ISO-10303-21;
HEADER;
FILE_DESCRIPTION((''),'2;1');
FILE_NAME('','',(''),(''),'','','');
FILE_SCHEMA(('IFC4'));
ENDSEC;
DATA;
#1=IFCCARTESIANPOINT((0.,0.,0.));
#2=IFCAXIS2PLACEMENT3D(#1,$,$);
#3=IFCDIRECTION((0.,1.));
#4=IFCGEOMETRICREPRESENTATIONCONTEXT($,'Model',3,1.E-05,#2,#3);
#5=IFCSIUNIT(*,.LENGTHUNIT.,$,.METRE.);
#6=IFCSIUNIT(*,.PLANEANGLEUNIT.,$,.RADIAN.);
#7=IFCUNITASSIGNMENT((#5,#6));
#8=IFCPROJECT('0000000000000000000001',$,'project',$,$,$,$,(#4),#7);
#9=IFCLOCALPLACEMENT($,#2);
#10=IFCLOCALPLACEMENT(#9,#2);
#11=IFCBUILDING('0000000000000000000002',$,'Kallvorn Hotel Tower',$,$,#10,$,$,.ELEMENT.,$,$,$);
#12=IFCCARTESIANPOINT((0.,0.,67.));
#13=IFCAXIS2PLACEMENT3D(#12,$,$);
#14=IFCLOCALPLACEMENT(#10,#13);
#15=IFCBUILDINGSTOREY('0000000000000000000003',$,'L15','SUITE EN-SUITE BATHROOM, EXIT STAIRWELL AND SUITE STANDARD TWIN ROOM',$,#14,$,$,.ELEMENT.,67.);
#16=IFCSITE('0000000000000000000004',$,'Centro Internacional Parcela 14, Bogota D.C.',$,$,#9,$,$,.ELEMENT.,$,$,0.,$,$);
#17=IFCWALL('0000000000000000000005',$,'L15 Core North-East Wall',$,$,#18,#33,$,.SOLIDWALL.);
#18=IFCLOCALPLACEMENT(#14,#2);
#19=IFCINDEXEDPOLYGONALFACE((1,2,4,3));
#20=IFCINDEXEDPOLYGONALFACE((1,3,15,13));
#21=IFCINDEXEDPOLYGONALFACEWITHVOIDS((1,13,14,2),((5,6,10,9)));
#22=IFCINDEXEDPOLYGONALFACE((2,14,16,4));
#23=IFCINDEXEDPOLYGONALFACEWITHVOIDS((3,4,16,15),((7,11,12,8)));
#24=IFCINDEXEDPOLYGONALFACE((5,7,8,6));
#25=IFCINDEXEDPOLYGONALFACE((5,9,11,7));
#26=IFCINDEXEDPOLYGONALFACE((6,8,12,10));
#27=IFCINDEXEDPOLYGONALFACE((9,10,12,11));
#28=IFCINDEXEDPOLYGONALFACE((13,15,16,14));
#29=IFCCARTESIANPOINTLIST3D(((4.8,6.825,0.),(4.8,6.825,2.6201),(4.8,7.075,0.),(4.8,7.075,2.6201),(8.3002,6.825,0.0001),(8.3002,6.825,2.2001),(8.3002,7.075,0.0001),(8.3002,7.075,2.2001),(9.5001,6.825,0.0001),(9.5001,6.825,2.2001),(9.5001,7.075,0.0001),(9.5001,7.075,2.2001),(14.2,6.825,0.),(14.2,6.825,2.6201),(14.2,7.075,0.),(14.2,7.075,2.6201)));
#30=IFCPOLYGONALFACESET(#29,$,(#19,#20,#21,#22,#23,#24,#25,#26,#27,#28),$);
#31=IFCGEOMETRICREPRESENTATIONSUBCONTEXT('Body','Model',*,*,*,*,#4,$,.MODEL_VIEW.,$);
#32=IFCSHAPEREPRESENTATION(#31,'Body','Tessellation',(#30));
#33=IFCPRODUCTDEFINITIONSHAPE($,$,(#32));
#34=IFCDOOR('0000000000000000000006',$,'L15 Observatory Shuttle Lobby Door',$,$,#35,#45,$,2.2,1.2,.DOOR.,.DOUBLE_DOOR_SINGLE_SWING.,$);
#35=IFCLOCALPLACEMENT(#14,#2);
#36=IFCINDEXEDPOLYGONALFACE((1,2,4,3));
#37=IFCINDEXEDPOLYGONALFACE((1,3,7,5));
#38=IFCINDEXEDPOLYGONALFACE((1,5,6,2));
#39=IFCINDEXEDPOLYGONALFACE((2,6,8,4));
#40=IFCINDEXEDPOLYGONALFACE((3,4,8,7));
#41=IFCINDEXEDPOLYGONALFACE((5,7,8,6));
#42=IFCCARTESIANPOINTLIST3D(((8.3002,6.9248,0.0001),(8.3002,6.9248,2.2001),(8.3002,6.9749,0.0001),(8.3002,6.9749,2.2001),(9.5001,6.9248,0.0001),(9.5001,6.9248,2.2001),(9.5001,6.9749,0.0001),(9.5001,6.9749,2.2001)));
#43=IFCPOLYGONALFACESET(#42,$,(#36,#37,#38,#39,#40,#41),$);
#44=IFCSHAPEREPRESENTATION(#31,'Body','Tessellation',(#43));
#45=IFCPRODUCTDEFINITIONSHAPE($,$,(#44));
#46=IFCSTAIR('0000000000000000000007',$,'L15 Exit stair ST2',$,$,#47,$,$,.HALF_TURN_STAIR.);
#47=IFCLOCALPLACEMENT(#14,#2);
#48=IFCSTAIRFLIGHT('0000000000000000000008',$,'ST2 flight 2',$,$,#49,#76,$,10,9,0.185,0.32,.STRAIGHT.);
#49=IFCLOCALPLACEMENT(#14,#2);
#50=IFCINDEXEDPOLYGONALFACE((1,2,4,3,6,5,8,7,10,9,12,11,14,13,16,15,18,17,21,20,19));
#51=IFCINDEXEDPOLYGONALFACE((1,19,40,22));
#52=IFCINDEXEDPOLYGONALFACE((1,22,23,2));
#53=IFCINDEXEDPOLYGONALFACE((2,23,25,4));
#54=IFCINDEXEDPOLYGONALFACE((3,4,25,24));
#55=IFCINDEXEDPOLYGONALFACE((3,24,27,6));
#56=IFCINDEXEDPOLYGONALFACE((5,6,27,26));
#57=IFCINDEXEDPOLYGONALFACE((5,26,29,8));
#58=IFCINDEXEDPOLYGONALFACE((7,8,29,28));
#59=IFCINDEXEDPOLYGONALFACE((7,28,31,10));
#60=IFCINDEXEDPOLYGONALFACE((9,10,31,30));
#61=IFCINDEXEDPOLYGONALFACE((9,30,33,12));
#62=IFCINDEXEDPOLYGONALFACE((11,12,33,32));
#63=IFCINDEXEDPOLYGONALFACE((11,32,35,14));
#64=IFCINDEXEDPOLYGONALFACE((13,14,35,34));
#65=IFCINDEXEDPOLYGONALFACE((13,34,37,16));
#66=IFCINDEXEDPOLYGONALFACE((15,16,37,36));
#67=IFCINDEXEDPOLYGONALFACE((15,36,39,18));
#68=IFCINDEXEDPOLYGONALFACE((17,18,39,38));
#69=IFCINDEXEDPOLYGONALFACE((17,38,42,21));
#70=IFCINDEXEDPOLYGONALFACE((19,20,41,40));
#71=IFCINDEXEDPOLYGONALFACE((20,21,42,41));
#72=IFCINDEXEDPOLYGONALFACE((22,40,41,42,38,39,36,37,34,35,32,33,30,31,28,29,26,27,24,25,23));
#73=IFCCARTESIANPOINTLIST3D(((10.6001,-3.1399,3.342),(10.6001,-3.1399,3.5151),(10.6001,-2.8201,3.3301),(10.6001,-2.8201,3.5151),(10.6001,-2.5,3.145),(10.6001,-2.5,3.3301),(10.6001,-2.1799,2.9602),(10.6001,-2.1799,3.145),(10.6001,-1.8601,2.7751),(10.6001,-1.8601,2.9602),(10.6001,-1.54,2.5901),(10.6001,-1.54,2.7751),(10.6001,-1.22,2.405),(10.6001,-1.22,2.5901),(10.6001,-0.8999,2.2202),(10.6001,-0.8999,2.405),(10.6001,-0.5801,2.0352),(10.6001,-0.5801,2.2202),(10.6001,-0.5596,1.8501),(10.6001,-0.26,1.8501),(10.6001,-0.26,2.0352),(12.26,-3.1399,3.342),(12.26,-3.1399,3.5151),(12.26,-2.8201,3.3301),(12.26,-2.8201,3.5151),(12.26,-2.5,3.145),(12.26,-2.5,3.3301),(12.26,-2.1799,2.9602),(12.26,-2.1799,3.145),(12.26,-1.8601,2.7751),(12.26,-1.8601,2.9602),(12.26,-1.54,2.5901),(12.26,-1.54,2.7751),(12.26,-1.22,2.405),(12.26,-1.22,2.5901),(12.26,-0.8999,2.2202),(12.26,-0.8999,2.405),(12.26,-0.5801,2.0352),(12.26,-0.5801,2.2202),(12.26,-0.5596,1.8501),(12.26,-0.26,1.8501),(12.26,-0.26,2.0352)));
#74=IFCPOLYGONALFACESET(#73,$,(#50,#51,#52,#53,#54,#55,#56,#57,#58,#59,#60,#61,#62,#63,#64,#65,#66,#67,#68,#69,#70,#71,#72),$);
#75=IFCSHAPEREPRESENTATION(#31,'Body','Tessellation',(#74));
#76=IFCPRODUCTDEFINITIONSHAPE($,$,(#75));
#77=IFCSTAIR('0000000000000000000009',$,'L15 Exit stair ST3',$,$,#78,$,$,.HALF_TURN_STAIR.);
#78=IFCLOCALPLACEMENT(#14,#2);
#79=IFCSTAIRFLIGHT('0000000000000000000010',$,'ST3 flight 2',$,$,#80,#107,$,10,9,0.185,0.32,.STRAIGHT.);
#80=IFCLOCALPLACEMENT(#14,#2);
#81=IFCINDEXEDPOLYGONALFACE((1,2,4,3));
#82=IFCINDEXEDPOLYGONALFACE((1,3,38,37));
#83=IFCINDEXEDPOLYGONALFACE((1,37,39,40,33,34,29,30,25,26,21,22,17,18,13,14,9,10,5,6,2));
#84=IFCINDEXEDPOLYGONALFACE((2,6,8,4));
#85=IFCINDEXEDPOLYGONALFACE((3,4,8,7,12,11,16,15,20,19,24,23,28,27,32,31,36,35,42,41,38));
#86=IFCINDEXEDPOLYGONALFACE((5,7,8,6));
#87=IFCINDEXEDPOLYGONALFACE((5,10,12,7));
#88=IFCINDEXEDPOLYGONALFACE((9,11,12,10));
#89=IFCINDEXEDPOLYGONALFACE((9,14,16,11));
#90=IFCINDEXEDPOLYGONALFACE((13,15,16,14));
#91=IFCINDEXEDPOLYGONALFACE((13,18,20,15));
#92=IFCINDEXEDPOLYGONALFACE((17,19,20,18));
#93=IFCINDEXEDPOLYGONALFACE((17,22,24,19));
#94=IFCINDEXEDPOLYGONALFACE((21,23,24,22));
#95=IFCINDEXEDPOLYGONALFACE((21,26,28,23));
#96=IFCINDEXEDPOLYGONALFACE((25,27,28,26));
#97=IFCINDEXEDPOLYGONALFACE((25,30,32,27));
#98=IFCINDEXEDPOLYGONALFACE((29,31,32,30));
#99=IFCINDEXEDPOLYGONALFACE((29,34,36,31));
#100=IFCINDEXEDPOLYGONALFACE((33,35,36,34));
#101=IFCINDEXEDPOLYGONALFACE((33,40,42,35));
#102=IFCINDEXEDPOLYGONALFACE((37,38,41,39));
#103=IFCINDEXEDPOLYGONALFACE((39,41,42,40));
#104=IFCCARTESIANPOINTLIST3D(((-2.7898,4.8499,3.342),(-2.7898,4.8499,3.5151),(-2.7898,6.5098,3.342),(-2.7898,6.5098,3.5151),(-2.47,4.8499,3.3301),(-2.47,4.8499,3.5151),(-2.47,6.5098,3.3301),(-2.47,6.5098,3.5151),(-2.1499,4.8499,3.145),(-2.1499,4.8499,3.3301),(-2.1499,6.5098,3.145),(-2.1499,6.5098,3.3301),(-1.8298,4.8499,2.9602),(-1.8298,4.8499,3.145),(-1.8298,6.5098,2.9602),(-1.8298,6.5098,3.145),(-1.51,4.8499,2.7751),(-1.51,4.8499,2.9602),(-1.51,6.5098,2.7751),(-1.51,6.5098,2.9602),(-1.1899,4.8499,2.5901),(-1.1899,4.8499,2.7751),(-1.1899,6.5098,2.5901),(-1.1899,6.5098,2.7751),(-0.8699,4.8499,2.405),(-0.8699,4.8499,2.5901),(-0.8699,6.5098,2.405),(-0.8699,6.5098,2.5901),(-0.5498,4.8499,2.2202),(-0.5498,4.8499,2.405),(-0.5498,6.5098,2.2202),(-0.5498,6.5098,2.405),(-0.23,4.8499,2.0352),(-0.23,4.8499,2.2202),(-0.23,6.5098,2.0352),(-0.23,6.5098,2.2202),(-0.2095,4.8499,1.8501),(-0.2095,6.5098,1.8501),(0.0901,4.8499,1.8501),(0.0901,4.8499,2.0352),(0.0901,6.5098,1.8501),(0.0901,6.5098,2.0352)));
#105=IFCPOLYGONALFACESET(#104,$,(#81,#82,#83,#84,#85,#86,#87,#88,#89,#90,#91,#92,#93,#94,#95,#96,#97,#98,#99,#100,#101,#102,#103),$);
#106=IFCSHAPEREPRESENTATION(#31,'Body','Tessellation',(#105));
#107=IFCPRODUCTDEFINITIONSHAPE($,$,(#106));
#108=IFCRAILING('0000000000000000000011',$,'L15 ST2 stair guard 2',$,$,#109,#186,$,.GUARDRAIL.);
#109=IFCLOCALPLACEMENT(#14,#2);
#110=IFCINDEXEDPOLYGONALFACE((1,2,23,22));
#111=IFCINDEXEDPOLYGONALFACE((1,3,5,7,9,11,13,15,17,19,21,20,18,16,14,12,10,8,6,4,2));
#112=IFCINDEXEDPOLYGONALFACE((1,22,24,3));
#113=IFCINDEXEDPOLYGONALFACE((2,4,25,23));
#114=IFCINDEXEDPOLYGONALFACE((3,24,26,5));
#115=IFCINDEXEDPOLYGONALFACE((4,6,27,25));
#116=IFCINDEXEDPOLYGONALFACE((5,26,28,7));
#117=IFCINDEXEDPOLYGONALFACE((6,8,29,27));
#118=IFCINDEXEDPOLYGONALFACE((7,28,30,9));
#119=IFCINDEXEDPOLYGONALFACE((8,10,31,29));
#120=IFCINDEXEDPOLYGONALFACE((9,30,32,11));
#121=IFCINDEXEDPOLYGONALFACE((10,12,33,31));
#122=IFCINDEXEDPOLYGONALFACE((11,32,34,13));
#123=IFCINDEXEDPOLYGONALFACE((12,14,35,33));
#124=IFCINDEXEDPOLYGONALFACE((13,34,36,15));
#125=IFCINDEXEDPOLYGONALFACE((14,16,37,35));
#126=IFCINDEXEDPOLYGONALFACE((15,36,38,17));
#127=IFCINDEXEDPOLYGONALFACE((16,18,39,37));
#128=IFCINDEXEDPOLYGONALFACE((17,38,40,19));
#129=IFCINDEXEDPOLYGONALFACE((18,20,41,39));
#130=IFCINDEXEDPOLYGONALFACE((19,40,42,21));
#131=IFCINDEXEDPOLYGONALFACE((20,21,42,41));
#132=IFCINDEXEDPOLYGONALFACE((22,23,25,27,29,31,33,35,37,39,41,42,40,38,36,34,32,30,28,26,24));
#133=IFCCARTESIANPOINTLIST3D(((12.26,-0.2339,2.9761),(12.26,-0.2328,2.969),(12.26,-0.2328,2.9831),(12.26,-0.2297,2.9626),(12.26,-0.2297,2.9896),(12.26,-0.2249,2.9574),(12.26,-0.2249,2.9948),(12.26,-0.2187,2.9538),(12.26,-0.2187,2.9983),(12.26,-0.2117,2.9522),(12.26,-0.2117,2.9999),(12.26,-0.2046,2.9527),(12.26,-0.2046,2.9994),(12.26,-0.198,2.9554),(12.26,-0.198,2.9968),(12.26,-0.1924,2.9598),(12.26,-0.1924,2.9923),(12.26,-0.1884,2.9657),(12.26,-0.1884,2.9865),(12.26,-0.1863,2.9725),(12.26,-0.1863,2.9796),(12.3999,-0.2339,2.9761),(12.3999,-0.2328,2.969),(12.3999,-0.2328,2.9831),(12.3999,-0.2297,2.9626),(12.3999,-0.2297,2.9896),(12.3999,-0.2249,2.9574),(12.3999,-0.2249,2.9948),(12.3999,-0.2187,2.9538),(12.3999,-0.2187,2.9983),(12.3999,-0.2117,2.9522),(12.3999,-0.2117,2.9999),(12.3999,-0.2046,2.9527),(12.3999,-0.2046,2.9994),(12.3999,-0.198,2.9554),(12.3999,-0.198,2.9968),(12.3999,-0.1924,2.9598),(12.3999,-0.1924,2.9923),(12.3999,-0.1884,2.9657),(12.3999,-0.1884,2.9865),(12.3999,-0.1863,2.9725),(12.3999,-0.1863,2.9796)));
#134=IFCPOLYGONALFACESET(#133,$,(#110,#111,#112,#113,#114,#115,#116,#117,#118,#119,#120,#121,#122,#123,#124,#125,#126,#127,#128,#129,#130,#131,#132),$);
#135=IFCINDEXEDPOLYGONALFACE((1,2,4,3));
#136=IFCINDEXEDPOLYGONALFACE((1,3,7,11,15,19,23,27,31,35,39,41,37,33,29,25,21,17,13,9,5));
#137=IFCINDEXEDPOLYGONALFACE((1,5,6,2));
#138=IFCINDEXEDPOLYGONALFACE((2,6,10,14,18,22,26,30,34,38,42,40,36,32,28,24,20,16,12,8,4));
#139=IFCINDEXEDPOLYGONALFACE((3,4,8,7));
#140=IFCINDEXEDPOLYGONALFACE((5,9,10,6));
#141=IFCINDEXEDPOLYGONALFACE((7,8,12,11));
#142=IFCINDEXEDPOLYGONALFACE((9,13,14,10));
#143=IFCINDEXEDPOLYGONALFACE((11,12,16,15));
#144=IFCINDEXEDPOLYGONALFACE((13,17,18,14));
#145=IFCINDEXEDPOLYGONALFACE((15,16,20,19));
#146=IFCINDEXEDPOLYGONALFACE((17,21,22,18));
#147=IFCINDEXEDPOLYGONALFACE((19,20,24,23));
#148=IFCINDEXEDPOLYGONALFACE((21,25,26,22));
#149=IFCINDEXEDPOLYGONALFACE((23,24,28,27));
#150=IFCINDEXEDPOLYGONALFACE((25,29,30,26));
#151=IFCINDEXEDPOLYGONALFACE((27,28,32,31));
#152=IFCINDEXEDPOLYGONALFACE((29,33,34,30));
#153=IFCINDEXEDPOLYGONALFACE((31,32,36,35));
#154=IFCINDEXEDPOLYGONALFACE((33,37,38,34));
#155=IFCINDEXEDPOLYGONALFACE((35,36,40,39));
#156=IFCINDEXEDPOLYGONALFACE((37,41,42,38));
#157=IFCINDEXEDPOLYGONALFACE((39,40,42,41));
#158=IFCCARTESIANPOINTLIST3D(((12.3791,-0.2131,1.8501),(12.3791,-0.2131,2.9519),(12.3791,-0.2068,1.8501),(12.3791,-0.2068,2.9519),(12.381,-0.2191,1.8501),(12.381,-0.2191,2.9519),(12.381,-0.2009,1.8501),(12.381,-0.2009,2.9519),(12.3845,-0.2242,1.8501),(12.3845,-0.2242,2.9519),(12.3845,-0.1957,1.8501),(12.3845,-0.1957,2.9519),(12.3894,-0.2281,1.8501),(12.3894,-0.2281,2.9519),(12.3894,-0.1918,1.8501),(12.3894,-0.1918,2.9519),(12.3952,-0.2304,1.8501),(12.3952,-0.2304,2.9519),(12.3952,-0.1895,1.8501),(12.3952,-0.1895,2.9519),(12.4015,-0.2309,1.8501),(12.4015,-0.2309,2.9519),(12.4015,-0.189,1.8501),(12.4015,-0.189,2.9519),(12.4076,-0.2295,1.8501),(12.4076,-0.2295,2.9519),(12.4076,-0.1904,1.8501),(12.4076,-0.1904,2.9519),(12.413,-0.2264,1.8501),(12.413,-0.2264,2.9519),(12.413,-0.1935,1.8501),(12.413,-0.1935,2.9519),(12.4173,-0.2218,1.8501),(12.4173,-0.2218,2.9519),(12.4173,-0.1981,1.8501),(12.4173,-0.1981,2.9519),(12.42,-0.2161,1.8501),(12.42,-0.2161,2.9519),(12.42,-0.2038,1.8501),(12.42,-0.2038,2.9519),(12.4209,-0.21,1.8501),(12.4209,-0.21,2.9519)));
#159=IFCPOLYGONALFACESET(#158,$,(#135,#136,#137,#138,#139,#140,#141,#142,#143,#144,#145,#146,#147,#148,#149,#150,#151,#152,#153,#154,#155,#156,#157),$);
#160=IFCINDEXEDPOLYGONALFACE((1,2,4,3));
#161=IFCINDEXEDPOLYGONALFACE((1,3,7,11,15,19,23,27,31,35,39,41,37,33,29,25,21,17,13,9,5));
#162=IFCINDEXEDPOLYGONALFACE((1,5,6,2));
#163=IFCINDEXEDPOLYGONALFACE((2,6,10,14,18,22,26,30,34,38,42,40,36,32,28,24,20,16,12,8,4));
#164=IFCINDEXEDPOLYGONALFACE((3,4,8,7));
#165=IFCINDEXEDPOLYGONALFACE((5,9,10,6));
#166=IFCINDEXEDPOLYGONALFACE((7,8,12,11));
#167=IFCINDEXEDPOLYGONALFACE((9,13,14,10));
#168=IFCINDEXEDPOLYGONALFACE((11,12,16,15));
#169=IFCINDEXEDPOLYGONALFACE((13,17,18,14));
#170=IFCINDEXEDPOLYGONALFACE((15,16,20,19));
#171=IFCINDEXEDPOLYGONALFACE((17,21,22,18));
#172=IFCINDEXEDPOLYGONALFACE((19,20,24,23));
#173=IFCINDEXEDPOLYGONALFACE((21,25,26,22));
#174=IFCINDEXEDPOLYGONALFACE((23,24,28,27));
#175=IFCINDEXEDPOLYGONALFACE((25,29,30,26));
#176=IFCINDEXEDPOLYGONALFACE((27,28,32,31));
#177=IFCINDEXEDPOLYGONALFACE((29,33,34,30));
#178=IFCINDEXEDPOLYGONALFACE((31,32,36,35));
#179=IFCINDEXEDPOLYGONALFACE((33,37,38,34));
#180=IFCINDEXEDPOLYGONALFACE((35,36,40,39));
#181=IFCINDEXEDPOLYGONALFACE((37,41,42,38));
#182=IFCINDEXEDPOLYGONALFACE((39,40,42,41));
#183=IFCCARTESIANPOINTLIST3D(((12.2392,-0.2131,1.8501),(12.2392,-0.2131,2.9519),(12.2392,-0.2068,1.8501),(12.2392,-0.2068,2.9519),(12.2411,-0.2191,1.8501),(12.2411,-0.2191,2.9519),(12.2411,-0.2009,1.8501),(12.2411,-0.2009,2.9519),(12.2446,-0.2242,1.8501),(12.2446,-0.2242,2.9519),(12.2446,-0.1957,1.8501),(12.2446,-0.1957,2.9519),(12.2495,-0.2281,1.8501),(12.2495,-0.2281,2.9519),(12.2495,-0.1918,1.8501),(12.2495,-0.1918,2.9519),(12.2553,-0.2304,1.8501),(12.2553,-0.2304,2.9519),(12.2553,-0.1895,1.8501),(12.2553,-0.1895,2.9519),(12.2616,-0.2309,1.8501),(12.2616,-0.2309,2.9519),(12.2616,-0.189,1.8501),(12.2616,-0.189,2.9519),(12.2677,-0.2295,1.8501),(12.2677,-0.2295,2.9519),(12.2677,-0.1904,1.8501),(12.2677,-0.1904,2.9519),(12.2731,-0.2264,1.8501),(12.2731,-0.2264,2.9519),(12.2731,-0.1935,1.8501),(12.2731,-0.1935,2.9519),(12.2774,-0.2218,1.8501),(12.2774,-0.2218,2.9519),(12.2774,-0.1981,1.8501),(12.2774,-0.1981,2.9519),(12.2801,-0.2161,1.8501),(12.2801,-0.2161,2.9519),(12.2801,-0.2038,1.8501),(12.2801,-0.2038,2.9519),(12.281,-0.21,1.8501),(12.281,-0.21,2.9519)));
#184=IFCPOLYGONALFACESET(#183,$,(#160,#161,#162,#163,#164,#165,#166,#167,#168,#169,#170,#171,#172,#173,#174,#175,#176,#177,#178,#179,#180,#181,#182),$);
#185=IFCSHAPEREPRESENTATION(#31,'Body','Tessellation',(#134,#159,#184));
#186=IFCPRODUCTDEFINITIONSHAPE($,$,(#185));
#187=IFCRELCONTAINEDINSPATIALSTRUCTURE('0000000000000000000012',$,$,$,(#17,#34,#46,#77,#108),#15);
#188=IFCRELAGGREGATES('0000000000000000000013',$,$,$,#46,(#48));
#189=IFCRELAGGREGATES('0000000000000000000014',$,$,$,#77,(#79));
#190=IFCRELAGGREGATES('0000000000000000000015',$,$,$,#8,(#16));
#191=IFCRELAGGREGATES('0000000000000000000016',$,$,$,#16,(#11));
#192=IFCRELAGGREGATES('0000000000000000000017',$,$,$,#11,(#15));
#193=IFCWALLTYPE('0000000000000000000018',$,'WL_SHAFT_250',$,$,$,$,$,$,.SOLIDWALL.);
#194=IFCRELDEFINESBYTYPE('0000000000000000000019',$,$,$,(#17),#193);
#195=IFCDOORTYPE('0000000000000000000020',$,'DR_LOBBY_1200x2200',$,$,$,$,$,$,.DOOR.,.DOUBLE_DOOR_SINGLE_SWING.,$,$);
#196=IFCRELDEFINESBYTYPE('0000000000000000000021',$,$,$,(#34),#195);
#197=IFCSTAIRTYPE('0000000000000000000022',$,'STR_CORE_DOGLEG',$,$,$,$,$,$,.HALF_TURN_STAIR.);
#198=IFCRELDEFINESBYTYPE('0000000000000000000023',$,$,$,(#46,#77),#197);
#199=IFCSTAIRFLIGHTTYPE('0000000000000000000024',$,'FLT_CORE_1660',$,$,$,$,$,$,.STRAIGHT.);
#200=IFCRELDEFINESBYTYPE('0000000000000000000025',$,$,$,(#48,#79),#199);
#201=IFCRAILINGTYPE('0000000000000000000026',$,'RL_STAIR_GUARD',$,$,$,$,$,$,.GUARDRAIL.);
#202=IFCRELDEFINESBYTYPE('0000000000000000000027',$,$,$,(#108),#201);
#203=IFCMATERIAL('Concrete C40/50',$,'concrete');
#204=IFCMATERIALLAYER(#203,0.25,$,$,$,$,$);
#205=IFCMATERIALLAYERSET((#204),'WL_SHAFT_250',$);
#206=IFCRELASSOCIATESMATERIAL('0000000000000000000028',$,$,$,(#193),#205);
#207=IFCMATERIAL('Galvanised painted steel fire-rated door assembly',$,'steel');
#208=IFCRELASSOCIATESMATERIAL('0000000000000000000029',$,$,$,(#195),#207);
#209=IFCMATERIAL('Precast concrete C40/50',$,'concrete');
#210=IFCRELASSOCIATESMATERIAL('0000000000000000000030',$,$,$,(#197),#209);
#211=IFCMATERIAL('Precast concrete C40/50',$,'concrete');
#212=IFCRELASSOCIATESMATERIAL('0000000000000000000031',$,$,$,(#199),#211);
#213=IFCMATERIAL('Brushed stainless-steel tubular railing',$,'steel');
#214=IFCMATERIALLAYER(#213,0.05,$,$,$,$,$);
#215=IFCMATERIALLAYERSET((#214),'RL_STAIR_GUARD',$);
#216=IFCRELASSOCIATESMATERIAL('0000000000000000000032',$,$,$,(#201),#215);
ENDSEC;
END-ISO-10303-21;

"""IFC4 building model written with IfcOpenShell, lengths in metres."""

from ifc_helpers import new_model, si_unit, direction, frame, frame_2d, origin, origin_2d, place, context, subcontext, project, spatial, polyline, rectangle, circle, outline, extrude, material, layer, layer_set, type_object, element, fill, aggregate, save


model = new_model("IFC4")

# Units and contexts
model_context = context("Model", 3, precision=1e-05, world=origin(), true_north=direction((0.0, 1.0)))
body_context = subcontext(model_context, "Body", "Model", "MODEL_VIEW")
ifc_project = project(units=[si_unit("LENGTHUNIT", "METRE"), si_unit("PLANEANGLEUNIT", "RADIAN")], contexts=[model_context])

# Site, building, storey
site_placement = place(None, origin())
site = spatial("IfcSite", under=ifc_project, at=site_placement, Name="Centro Internacional Parcela 14, Bogota D.C.", CompositionType="ELEMENT", RefElevation=0.0)
building_placement = place(site_placement, origin())
building = spatial("IfcBuilding", under=site, at=building_placement, Name="Kallvorn Hotel Tower", CompositionType="ELEMENT")
storey_placement = place(building_placement, frame((0.0, 0.0, 67.0)))
storey = spatial("IfcBuildingStorey", under=building, at=storey_placement, Name="L15", Description="SUITE EN-SUITE BATHROOM, EXIT STAIRWELL AND SUITE STANDARD TWIN ROOM", CompositionType="ELEMENT", Elevation=67.0)

# Wall, opening, door
ifc_material_1 = material(Name="Concrete C40/50", Category="concrete")
ifc_layer_1 = layer(ifc_material_1, 0.25)
ifc_layer_set_1 = layer_set([ifc_layer_1], Name="WL_SHAFT_250")
wall_type_1 = type_object("IfcWallType", Name="WL_SHAFT_250", PredefinedType="SOLIDWALL", material=ifc_layer_set_1)
wall_1_placement = place(storey_placement, frame((4.8, 6.95, 0.0), z_axis=(0.0, 0.0, 1.0), x_axis=(1.0, 0.0, 0.0)))
wall_1 = element("IfcWall", 1, at=wall_1_placement, inside=storey, type_object=wall_type_1, Name="L15 Core North-East Wall", PredefinedType="SOLIDWALL", context=body_context, shape_type="SweptSolid", body=[
    extrude(rectangle(XDim=9.3999, YDim=0.25, at=frame_2d((4.7, 0.0))), origin(), (0.0, 0.0, 1.0), 2.6201),
])
opening_1_placement = place(wall_1_placement, frame((3.5, 0.0, 0.0)))
opening_1 = element("IfcOpeningElement", 2, at=opening_1_placement, cuts=wall_1, PredefinedType="OPENING", context=body_context, shape_type="SweptSolid", body=[
    extrude(rectangle(XDim=1.2, YDim=2.2, at=frame_2d((0.6001, 1.1001))), frame((0.0, 0.1399, 0.0), z_axis=(0.0, -1.0, 0.0), x_axis=(1.0, 0.0, 0.0)), (0.0, 0.0, 1.0), 0.28),
])
ifc_material_2 = material(Name="Galvanised painted steel fire-rated door assembly", Category="steel")
door_type_1 = type_object("IfcDoorType", Name="DR_LOBBY_1200x2200", OperationType="DOUBLE_DOOR_SINGLE_SWING", PredefinedType="DOOR", material=ifc_material_2)
door_1_placement = place(opening_1_placement, origin())
door_1 = element("IfcDoor", 3, at=door_1_placement, inside=storey, type_object=door_type_1, Name="L15 Observatory Shuttle Lobby Door", OperationType="DOUBLE_DOOR_SINGLE_SWING", OverallHeight=2.2, OverallWidth=1.2, PredefinedType="DOOR", context=body_context, shape_type="SweptSolid", body=[
    extrude(rectangle(XDim=1.2, YDim=2.2, at=frame_2d((0.6001, 1.1001))), frame((0.0, 0.0249, 0.0), z_axis=(0.0, -1.0, 0.0), x_axis=(1.0, 0.0, 0.0)), (0.0, 0.0, 1.0), 0.05),
])
fill(opening_1, door_1)

# Stairs, stair flights
ifc_material_3 = material(Name="Precast concrete C40/50", Category="concrete")
stair_type = type_object("IfcStairType", Name="STR_CORE_DOGLEG", PredefinedType="HALF_TURN_STAIR", material=ifc_material_3)
stair_1_placement = place(storey_placement, origin())
stair_1 = element("IfcStair", 4, at=stair_1_placement, inside=storey, type_object=stair_type, Name="L15 Exit stair ST2", PredefinedType="HALF_TURN_STAIR")
ifc_material_4 = material(Name="Precast concrete C40/50", Category="concrete")
stair_flight_type = type_object("IfcStairFlightType", Name="FLT_CORE_1660", PredefinedType="STRAIGHT", material=ifc_material_4)
stair_flight_1_placement = place(storey_placement, frame((11.4299, -0.26, 1.8501), z_axis=(0.0, 0.0, 1.0), x_axis=(0.0, -1.0, 0.0)))
stair_flight_1 = element("IfcStairFlight", 5, at=stair_flight_1_placement, type_object=stair_flight_type, Name="ST2 flight 2", NumberOfRisers=10, NumberOfTreads=9, PredefinedType="STRAIGHT", RiserHeight=0.185, TreadLength=0.32, context=body_context, shape_type="SweptSolid", body=[
    extrude(outline(polyline([(0.0, 0.0), (0.0, 0.1851), (0.3201, 0.1851), (0.3201, 0.3701), (0.6399, 0.3701), (0.6399, 0.5549), (0.96, 0.5549), (0.96, 0.74), (1.28, 0.74), (1.28, 0.925), (1.6001, 0.925), (1.6001, 1.1101), (1.9199, 1.1101), (1.9199, 1.2949), (2.24, 1.2949), (2.24, 1.48), (2.5601, 1.48), (2.5601, 1.665), (2.8799, 1.665), (2.8799, 1.8501), (2.8799, 1.4919), (0.2996, 0.0), (0.0, 0.0)])), frame((0.0, 0.8301, 0.0), z_axis=(0.0, -1.0, 0.0), x_axis=(1.0, 0.0, 0.0)), (0.0, 0.0, 1.0), 1.6599),
])
aggregate(stair_1, [stair_flight_1])
stair_2_placement = place(storey_placement, origin())
stair_2 = element("IfcStair", 6, at=stair_2_placement, inside=storey, type_object=stair_type, Name="L15 Exit stair ST3", PredefinedType="HALF_TURN_STAIR")
stair_flight_2_placement = place(storey_placement, frame((0.0901, 5.6799, 1.8501), z_axis=(0.0, 0.0, 1.0), x_axis=(-1.0, 0.0, 0.0)))
stair_flight_2 = element("IfcStairFlight", 7, at=stair_flight_2_placement, type_object=stair_flight_type, Name="ST3 flight 2", NumberOfRisers=10, NumberOfTreads=9, PredefinedType="STRAIGHT", RiserHeight=0.185, TreadLength=0.32, context=body_context, shape_type="SweptSolid", body=[
    extrude(outline(polyline([(0.0, 0.0), (0.0, 0.1851), (0.3201, 0.1851), (0.3201, 0.3701), (0.6399, 0.3701), (0.6399, 0.5549), (0.96, 0.5549), (0.96, 0.74), (1.28, 0.74), (1.28, 0.925), (1.6001, 0.925), (1.6001, 1.1101), (1.9199, 1.1101), (1.9199, 1.2949), (2.24, 1.2949), (2.24, 1.48), (2.5601, 1.48), (2.5601, 1.665), (2.8799, 1.665), (2.8799, 1.8501), (2.8799, 1.4919), (0.2996, 0.0), (0.0, 0.0)])), frame((0.0, 0.8301, 0.0), z_axis=(0.0, -1.0, 0.0), x_axis=(1.0, 0.0, 0.0)), (0.0, 0.0, 1.0), 1.6599),
])
aggregate(stair_2, [stair_flight_2])

# Railing
ifc_material_5 = material(Name="Brushed stainless-steel tubular railing", Category="steel")
ifc_layer_2 = layer(ifc_material_5, 0.05)
ifc_layer_set_2 = layer_set([ifc_layer_2], Name="RL_STAIR_GUARD")
railing_type_1 = type_object("IfcRailingType", Name="RL_STAIR_GUARD", PredefinedType="GUARDRAIL", material=ifc_layer_set_2)
railing_1_placement = place(storey_placement, frame((12.3999, -0.21, 1.8501)))
element("IfcRailing", 8, at=railing_1_placement, inside=storey, type_object=railing_type_1, Name="L15 ST2 stair guard 2", PredefinedType="GUARDRAIL", context=body_context, shape_type="SweptSolid", body=[
    extrude(circle(Radius=0.0239, at=origin_2d()), frame((0.0, 0.0, 1.126), z_axis=(-1.0, 0.0, 0.0), x_axis=(0.0, -1.0, 0.0)), (0.0, 0.0, 1.0), 0.1399),
    extrude(circle(Radius=0.021, at=origin_2d()), origin(), (0.0, 0.0, 1.0), 1.1018),
    extrude(circle(Radius=0.021, at=origin_2d()), frame((-0.1399, 0.0, 0.0)), (0.0, 0.0, 1.0), 1.1018),
])

save(model, "model.ifc")
